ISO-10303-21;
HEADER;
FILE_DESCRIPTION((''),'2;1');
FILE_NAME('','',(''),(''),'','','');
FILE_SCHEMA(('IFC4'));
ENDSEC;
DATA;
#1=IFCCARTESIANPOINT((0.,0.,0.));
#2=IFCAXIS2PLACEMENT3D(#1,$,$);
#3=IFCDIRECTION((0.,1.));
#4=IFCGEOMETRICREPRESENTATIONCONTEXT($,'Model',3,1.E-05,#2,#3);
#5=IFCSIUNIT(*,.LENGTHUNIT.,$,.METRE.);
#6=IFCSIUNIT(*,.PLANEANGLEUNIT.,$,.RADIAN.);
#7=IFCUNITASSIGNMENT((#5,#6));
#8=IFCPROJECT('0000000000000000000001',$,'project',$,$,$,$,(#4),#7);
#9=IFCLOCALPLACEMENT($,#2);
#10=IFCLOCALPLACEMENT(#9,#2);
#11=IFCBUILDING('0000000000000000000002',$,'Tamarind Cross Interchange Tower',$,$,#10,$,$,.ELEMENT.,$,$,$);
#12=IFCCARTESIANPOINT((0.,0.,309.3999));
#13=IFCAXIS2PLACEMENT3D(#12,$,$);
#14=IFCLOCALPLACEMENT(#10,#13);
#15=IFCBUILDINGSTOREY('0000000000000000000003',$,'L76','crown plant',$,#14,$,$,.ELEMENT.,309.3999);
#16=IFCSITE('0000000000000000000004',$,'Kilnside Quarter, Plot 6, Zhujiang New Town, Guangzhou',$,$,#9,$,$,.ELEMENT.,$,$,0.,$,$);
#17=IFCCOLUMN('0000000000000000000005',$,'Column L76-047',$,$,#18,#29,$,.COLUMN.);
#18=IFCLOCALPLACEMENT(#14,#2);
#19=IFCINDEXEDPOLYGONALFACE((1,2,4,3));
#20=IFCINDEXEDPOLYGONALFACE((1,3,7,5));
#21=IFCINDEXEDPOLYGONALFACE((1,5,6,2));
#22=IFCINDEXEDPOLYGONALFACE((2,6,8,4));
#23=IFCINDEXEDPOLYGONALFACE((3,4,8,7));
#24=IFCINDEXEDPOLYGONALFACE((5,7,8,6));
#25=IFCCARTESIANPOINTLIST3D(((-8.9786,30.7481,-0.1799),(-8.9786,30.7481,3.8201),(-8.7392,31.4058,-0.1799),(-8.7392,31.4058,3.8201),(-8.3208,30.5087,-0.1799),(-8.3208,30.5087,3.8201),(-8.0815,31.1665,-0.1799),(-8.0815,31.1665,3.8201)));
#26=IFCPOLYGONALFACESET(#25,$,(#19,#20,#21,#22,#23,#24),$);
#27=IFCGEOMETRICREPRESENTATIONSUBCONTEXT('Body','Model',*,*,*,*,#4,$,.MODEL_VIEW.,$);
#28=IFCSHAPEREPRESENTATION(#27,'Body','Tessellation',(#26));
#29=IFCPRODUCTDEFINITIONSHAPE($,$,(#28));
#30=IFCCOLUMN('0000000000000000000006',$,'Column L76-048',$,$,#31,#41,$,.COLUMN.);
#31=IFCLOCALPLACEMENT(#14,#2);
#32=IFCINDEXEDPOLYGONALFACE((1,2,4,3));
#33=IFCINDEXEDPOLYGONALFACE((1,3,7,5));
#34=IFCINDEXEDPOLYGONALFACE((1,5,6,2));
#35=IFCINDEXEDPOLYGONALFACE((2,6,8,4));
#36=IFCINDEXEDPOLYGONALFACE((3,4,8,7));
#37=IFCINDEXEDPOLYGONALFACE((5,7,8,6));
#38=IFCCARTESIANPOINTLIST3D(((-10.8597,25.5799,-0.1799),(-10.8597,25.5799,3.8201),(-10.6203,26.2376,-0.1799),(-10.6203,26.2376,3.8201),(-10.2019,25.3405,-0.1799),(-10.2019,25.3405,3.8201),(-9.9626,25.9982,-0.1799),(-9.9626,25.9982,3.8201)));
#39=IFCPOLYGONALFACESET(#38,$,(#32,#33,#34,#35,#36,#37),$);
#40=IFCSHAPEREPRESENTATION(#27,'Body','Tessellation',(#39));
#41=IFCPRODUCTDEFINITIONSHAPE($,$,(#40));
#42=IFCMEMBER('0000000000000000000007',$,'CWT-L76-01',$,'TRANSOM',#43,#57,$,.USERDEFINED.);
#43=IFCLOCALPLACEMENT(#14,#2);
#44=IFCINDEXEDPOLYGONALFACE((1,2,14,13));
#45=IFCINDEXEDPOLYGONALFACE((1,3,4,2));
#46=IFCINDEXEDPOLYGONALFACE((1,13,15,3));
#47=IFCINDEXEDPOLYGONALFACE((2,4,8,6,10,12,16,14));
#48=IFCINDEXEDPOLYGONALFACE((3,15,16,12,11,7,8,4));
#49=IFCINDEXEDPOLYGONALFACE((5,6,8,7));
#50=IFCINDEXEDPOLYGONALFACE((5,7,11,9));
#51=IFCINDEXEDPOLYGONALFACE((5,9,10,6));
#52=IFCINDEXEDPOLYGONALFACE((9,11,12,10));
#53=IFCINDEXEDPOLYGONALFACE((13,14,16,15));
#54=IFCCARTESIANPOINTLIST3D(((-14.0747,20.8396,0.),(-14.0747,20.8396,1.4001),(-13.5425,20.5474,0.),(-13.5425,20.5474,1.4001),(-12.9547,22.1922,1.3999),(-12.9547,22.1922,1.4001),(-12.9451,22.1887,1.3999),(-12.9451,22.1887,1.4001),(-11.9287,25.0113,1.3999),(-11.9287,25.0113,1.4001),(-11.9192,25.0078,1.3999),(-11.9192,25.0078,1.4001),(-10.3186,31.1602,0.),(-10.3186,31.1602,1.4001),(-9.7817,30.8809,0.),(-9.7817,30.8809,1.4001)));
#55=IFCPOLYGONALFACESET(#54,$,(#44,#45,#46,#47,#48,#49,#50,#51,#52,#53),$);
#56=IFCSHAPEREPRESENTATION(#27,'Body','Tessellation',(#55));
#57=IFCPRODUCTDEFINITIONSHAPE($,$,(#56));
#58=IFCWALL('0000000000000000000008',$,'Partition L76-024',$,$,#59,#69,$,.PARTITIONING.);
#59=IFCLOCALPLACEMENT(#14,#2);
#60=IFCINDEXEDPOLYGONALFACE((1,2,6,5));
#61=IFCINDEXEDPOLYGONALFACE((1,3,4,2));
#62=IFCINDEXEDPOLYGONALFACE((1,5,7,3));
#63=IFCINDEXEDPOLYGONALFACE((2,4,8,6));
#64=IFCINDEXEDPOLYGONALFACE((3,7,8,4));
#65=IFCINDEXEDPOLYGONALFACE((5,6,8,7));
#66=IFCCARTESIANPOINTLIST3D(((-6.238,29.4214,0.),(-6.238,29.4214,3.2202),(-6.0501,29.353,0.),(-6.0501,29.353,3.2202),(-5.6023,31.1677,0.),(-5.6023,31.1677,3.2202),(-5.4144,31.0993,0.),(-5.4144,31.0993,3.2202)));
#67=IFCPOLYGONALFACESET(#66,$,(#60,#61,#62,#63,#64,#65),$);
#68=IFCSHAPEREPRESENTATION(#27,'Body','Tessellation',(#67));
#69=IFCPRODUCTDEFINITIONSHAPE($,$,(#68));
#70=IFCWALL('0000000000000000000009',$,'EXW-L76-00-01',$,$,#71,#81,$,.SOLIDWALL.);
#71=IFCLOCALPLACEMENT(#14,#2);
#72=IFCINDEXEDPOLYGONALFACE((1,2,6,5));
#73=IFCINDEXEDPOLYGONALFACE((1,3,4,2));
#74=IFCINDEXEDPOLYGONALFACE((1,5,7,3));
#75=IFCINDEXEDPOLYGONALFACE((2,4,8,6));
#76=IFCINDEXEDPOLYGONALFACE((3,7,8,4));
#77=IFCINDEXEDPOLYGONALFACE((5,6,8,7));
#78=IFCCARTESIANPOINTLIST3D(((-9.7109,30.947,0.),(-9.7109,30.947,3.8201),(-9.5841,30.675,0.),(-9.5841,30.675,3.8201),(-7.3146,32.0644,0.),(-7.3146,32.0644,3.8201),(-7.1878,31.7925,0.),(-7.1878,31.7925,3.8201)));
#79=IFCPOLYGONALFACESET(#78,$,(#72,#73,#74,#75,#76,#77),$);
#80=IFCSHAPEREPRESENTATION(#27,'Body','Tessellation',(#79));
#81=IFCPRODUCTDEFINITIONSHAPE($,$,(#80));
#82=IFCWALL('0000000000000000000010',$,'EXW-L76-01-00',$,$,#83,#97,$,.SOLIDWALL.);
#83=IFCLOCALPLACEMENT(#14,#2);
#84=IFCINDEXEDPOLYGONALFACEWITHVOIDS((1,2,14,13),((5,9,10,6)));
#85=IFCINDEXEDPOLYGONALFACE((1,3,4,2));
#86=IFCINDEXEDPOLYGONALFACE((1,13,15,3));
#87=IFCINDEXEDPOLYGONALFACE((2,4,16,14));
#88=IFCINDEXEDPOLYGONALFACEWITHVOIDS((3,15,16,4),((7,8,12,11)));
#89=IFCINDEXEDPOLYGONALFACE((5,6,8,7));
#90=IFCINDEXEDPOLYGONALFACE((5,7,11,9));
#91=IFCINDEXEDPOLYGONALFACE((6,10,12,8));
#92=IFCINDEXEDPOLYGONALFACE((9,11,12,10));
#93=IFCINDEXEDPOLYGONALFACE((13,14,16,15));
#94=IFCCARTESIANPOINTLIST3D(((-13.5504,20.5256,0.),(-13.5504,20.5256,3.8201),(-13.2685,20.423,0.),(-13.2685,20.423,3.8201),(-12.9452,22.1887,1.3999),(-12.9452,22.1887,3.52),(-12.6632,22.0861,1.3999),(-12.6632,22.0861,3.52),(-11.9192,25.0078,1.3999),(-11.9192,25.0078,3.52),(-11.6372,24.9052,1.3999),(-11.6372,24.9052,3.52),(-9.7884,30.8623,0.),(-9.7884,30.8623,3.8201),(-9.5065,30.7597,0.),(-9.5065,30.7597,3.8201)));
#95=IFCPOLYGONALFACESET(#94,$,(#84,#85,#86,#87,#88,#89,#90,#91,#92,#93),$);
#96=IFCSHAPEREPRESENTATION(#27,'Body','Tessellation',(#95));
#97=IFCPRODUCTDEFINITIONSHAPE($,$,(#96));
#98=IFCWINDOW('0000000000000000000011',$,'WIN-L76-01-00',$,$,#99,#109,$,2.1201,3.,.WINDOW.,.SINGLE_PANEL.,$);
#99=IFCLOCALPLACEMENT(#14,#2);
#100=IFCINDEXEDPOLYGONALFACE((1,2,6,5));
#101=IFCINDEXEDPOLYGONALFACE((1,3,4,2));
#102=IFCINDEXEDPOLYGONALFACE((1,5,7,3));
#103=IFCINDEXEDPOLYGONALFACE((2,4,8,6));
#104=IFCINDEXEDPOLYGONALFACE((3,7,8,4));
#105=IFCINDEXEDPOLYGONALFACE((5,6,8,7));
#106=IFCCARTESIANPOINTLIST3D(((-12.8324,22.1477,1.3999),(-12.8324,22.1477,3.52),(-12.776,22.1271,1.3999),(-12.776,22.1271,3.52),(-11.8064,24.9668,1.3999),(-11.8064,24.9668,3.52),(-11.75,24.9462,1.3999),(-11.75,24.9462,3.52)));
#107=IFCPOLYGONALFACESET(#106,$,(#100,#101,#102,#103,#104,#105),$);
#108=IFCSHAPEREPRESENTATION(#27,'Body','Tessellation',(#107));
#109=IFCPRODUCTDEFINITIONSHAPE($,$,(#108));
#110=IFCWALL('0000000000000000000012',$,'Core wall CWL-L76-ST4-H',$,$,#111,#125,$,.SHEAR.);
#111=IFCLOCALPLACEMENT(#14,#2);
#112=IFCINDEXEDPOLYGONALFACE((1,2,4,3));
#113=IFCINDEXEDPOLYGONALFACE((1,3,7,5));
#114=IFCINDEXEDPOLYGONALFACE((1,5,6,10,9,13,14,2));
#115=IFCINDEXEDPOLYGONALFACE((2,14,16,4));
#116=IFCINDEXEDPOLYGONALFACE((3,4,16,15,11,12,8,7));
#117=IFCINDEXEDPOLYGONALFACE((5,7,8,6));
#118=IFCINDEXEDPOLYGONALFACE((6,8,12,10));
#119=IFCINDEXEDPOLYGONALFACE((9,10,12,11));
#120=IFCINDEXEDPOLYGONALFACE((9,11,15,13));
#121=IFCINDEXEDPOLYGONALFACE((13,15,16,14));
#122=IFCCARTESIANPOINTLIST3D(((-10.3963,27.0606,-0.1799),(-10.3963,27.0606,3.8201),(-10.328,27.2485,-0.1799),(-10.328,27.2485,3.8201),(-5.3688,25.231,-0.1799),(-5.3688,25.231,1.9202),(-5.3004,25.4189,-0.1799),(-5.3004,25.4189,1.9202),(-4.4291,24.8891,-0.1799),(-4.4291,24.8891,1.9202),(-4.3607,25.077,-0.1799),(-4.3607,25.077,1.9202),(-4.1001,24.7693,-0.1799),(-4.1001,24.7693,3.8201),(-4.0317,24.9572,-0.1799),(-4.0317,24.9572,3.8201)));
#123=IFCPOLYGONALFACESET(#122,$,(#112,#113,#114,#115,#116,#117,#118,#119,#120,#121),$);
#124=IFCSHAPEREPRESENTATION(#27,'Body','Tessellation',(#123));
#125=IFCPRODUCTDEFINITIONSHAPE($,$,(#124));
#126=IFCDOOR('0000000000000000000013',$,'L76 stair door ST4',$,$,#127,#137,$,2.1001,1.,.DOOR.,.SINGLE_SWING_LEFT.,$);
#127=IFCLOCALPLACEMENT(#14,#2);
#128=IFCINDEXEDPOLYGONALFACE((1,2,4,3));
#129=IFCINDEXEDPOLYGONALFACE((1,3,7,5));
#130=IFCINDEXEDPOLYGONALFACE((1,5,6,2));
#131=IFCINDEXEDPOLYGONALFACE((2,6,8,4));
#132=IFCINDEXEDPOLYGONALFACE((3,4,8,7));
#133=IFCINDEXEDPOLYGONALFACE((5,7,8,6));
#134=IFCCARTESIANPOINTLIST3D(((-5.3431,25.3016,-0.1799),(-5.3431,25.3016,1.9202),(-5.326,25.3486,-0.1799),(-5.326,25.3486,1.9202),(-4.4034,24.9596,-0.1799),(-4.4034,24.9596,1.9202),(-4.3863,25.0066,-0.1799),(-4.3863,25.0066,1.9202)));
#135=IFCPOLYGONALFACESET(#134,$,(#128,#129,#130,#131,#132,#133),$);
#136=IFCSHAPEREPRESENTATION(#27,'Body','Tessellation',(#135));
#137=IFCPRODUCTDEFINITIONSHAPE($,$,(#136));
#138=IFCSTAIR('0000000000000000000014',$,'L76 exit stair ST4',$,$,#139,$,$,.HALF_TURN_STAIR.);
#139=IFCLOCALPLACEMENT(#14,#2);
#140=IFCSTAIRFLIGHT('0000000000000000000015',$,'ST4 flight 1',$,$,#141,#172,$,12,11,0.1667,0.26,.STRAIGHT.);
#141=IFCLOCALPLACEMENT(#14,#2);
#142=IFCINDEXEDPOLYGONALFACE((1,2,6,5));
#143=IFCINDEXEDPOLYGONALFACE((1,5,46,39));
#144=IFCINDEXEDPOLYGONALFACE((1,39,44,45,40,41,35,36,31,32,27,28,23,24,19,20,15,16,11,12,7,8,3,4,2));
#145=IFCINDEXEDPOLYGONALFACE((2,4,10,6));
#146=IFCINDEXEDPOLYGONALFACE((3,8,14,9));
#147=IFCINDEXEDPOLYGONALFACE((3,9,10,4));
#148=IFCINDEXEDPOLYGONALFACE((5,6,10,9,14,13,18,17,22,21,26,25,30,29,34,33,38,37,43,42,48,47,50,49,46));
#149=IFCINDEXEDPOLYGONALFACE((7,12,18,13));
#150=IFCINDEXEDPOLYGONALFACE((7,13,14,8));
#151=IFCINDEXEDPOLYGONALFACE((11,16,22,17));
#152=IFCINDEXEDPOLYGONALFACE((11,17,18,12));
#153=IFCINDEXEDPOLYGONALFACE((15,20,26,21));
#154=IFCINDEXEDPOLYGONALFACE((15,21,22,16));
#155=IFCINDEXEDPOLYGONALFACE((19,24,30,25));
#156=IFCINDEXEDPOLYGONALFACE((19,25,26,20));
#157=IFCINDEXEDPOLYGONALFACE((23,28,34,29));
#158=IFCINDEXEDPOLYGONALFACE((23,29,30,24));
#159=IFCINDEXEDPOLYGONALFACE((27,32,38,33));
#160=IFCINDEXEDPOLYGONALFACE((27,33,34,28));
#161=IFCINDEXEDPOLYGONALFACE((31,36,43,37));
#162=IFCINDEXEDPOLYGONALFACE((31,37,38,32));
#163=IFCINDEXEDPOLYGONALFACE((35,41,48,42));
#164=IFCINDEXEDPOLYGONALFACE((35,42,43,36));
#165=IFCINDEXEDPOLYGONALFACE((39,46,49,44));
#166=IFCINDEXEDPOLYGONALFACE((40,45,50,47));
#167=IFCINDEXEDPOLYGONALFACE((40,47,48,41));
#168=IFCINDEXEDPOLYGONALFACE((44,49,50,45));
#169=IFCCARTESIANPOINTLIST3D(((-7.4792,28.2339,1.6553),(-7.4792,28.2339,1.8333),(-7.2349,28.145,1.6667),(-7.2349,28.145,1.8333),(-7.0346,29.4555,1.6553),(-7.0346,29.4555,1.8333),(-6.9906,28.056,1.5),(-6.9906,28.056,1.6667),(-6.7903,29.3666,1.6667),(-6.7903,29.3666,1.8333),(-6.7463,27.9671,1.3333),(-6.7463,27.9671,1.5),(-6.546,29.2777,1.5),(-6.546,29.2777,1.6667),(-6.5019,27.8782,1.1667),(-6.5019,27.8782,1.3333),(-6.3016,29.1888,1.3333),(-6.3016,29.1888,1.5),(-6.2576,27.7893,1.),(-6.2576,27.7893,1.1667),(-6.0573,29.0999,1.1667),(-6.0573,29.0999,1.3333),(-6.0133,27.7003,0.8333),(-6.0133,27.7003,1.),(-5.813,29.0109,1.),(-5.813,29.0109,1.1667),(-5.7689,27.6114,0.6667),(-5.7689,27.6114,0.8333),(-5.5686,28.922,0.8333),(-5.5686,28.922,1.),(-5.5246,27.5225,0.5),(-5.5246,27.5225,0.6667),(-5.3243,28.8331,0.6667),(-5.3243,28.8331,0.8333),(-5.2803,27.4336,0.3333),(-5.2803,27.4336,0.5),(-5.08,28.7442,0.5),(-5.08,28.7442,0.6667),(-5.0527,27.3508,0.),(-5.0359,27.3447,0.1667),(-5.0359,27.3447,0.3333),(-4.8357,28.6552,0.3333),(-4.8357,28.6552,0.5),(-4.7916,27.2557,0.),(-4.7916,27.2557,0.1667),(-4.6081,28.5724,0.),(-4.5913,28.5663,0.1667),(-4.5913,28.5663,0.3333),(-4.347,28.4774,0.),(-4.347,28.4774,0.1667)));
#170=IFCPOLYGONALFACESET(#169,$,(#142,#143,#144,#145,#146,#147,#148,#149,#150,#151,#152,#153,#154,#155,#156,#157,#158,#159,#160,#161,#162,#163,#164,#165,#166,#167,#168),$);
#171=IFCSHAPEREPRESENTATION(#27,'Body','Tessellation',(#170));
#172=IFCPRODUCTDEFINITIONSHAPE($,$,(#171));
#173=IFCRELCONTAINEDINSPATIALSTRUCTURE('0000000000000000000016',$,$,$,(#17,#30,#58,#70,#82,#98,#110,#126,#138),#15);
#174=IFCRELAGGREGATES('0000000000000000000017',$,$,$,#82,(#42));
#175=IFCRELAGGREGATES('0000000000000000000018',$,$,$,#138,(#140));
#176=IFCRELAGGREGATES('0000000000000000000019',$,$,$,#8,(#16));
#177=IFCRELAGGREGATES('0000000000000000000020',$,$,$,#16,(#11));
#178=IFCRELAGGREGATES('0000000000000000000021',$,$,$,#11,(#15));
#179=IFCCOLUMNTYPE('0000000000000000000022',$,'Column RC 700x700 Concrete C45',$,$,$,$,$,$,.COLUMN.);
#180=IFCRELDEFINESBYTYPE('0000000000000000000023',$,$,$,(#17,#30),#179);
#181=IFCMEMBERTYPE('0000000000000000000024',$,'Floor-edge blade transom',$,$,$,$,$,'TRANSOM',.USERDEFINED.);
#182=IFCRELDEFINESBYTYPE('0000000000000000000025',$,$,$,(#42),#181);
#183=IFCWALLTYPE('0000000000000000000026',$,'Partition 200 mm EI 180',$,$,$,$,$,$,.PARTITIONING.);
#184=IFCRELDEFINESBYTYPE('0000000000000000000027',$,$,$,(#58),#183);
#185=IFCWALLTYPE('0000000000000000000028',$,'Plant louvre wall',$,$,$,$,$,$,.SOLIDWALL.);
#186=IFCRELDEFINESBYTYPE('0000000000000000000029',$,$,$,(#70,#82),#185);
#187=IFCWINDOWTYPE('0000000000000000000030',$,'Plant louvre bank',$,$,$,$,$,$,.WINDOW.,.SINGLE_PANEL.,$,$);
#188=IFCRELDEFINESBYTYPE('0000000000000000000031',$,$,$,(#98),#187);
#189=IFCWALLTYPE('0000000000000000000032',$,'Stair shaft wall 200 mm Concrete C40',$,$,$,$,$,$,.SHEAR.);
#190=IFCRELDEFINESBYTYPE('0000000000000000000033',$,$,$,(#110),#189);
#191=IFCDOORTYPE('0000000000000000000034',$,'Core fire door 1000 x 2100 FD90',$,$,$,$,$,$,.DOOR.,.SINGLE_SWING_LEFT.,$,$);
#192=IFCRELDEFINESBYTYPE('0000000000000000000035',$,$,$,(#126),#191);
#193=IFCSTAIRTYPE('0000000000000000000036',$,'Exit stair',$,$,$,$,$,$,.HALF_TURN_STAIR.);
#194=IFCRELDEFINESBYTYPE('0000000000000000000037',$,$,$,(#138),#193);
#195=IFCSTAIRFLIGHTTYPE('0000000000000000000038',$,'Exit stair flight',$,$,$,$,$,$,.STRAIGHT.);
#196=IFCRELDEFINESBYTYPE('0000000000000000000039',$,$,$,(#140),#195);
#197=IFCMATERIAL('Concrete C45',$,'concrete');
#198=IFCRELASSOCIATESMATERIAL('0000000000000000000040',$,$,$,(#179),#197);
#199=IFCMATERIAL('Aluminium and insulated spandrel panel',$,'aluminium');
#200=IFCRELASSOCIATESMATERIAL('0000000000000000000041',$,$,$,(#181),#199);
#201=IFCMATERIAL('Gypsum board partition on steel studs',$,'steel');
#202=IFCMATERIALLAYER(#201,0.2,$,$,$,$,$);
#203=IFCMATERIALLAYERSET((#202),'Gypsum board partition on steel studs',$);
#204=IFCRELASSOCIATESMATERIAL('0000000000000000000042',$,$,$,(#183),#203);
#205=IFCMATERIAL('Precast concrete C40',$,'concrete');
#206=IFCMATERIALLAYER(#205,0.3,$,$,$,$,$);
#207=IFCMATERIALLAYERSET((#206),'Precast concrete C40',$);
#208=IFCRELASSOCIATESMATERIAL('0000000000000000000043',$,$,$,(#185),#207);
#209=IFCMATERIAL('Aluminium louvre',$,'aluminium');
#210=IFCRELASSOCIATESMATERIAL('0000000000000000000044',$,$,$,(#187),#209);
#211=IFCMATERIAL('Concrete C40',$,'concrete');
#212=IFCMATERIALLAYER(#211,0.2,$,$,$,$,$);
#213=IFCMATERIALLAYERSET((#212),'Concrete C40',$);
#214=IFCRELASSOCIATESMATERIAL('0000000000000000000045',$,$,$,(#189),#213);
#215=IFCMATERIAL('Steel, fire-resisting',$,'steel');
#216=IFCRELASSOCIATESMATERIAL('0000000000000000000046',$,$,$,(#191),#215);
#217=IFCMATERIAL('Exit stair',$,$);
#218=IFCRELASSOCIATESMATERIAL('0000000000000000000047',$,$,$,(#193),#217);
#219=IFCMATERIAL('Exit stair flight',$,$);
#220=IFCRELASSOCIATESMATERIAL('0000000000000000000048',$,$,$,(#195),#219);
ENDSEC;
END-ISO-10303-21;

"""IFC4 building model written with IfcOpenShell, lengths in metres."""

from ifc_helpers import new_model, si_unit, direction, frame, frame_2d, origin, origin_2d, place, context, subcontext, project, spatial, polyline, rectangle, outline, extrude, material, layer, layer_set, material_profile, profile_set, type_object, element, fill, aggregate, save


model = new_model("IFC4")

# Units and contexts
model_context = context("Model", 3, precision=1e-05, world=origin(), true_north=direction((0.0, 1.0)))
body_context = subcontext(model_context, "Body", "Model", "MODEL_VIEW")
ifc_project = project(units=[si_unit("LENGTHUNIT", "METRE"), si_unit("PLANEANGLEUNIT", "RADIAN")], contexts=[model_context])

# Site, building, storey
site_placement = place(None, origin())
site = spatial("IfcSite", under=ifc_project, at=site_placement, Name="Kilnside Quarter, Plot 6, Zhujiang New Town, Guangzhou", CompositionType="ELEMENT", RefElevation=0.0)
building_placement = place(site_placement, origin())
building = spatial("IfcBuilding", under=site, at=building_placement, Name="Tamarind Cross Interchange Tower", CompositionType="ELEMENT")
storey_placement = place(building_placement, frame((0.0, 0.0, 309.3999)))
storey = spatial("IfcBuildingStorey", under=building, at=storey_placement, Name="L76", Description="crown plant", CompositionType="ELEMENT", Elevation=309.3999)

# Columns
ifc_material_1 = material(Name="Concrete C45", Category="concrete")
ifc_material_profile = material_profile(ifc_material_1, rectangle(XDim=0.7, YDim=0.7, at=origin_2d()), Name="RC 700x700")
ifc_profile_set = profile_set([ifc_material_profile], Name="Concrete C45")
column_type = type_object("IfcColumnType", Name="Column RC 700x700 Concrete C45", PredefinedType="COLUMN", material=ifc_profile_set)
for number, where, z_axis, x_axis, name in (
    (1, (-8.53, 30.9573, -0.1799), (0.0, 0.0, 1.0), (0.341994, 0.939702, 0.0), "Column L76-047"),
    (2, (-10.4111, 25.7891, -0.1799), (0.0, 0.0, 1.0), (0.341994, 0.939702, 0.0), "Column L76-048"),
):
    element("IfcColumn", number, at=place(storey_placement, frame(where, z_axis=z_axis, x_axis=x_axis)), inside=storey, type_object=column_type, Name=name, PredefinedType="COLUMN", context=body_context, shape_type="SweptSolid", body=[
        extrude(rectangle(XDim=0.7, YDim=0.7, at=origin_2d()), origin(), (0.0, 0.0, 1.0), 4.0),
    ])

# Member
ifc_material_2 = material(Name="Aluminium and insulated spandrel panel", Category="aluminium")
member_type = type_object("IfcMemberType", Name="Floor-edge blade transom", ElementType="TRANSOM", PredefinedType="USERDEFINED", material=ifc_material_2)
member_placement = place(storey_placement, origin())
member = element("IfcMember", 3, at=member_placement, type_object=member_type, Name="CWT-L76-01", ObjectType="TRANSOM", PredefinedType="USERDEFINED", context=body_context, shape_type="SweptSolid", body=[
    extrude(outline(polyline([(-9.7817, 30.8809), (-13.5425, 20.5474), (-14.0747, 20.8396), (-10.3186, 31.1602), (-9.7817, 30.8809)])), origin(), (0.0, 0.0, 1.0), 1.4001),
])

# Walls
ifc_material_3 = material(Name="Gypsum board partition on steel studs", Category="steel")
ifc_layer_1 = layer(ifc_material_3, 0.2)
ifc_layer_set_1 = layer_set([ifc_layer_1], Name="Gypsum board partition on steel studs")
wall_type_1 = type_object("IfcWallType", Name="Partition 200 mm EI 180", PredefinedType="PARTITIONING", material=ifc_layer_set_1)
wall_1_placement = place(storey_placement, frame((-6.144, 29.3872, 0.0), z_axis=(0.0, 0.0, 1.0), x_axis=(0.342081, 0.939671, 0.0)))
element("IfcWall", 4, at=wall_1_placement, inside=storey, type_object=wall_type_1, Name="Partition L76-024", PredefinedType="PARTITIONING", context=body_context, shape_type="SweptSolid", body=[
    extrude(rectangle(XDim=1.8584, YDim=0.2, at=frame_2d((0.9292, 0.0))), origin(), (0.0, 0.0, 1.0), 3.2202),
])
ifc_material_4 = material(Name="Precast concrete C40", Category="concrete")
ifc_layer_2 = layer(ifc_material_4, 0.3)
ifc_layer_set_2 = layer_set([ifc_layer_2], Name="Precast concrete C40")
wall_type_2 = type_object("IfcWallType", Name="Plant louvre wall", PredefinedType="SOLIDWALL", material=ifc_layer_set_2)
wall_2_placement = place(storey_placement, frame((-7.2512, 31.9285, 0.0), z_axis=(0.0, 0.0, 1.0), x_axis=(-0.906301, -0.422633, 0.0)))
element("IfcWall", 5, at=wall_2_placement, inside=storey, type_object=wall_type_2, Name="EXW-L76-00-01", PredefinedType="SOLIDWALL", context=body_context, shape_type="SweptSolid", body=[
    extrude(rectangle(XDim=2.644, YDim=0.3, at=frame_2d((1.322, 0.0))), origin(), (0.0, 0.0, 1.0), 3.8201),
])

# Wall, opening, window
wall_3_placement = place(storey_placement, frame((-9.6475, 30.811, 0.0), z_axis=(0.0, 0.0, 1.0), x_axis=(-0.341998, -0.939701, 0.0)))
wall_3 = element("IfcWall", 6, at=wall_3_placement, inside=storey, type_object=wall_type_2, Name="EXW-L76-01-00", PredefinedType="SOLIDWALL", context=body_context, shape_type="SweptSolid", body=[
    extrude(rectangle(XDim=11.0, YDim=0.3, at=frame_2d((5.5, 0.0))), origin(), (0.0, 0.0, 1.0), 3.8201),
])
opening_1_placement = place(wall_3_placement, frame((6.2302, 0.0, 1.3999)))
opening_1 = element("IfcOpeningElement", 7, at=opening_1_placement, cuts=wall_3, PredefinedType="OPENING", context=body_context, shape_type="SweptSolid", body=[
    extrude(rectangle(XDim=3.0, YDim=2.1201, at=frame_2d((1.5, 1.0601))), frame((0.0, 0.1599, 0.0), z_axis=(0.0, -1.0, 0.0), x_axis=(1.0, 0.0, 0.0)), (0.0, 0.0, 1.0), 0.3201),
])
ifc_material_5 = material(Name="Aluminium louvre", Category="aluminium")
window_type = type_object("IfcWindowType", Name="Plant louvre bank", PartitioningType="SINGLE_PANEL", PredefinedType="WINDOW", material=ifc_material_5)
window_placement = place(opening_1_placement, origin())
window = element("IfcWindow", 8, at=window_placement, inside=storey, type_object=window_type, Name="WIN-L76-01-00", OverallHeight=2.1201, OverallWidth=3.0, PartitioningType="SINGLE_PANEL", PredefinedType="WINDOW", context=body_context, shape_type="SweptSolid", body=[
    extrude(rectangle(XDim=3.0, YDim=2.1201, at=frame_2d((1.5, 1.0601))), frame((0.0, 0.03, 0.0), z_axis=(0.0, -1.0, 0.0), x_axis=(1.0, 0.0, 0.0)), (0.0, 0.0, 1.0), 0.0601),
])
fill(opening_1, window)
aggregate(wall_3, [member])

# Wall, opening, door
ifc_material_6 = material(Name="Concrete C40", Category="concrete")
ifc_layer_3 = layer(ifc_material_6, 0.2)
ifc_layer_set_3 = layer_set([ifc_layer_3], Name="Concrete C40")
wall_type_3 = type_object("IfcWallType", Name="Stair shaft wall 200 mm Concrete C40", PredefinedType="SHEAR", material=ifc_layer_set_3)
wall_4_placement = place(storey_placement, frame((-4.0659, 24.8633, -0.1799), z_axis=(0.0, 0.0, 1.0), x_axis=(-0.939709, 0.341974, 0.0)))
wall_4 = element("IfcWall", 9, at=wall_4_placement, inside=storey, type_object=wall_type_3, Name="Core wall CWL-L76-ST4-H", PredefinedType="SHEAR", context=body_context, shape_type="SweptSolid", body=[
    extrude(rectangle(XDim=6.7002, YDim=0.2, at=frame_2d((3.3501, 0.0))), origin(), (0.0, 0.0, 1.0), 4.0),
])
opening_2_placement = place(wall_4_placement, frame((0.3501, 0.0, 0.0)))
opening_2 = element("IfcOpeningElement", 10, at=opening_2_placement, cuts=wall_4, PredefinedType="OPENING", context=body_context, shape_type="SweptSolid", body=[
    extrude(rectangle(XDim=1.0, YDim=2.1001, at=frame_2d((0.5, 1.05))), frame((0.0, 0.1099, 0.0), z_axis=(0.0, -1.0, 0.0), x_axis=(1.0, 0.0, 0.0)), (0.0, 0.0, 1.0), 0.22),
])
ifc_material_7 = material(Name="Steel, fire-resisting", Category="steel")
door_type = type_object("IfcDoorType", Name="Core fire door 1000 x 2100 FD90", OperationType="SINGLE_SWING_LEFT", PredefinedType="DOOR", material=ifc_material_7)
door_placement = place(opening_2_placement, origin())
door = element("IfcDoor", 11, at=door_placement, inside=storey, type_object=door_type, Name="L76 stair door ST4", OperationType="SINGLE_SWING_LEFT", OverallHeight=2.1001, OverallWidth=1.0, PredefinedType="DOOR", context=body_context, shape_type="SweptSolid", body=[
    extrude(rectangle(XDim=1.0, YDim=2.1001, at=frame_2d((0.5, 1.05))), frame((0.0, 0.0249, 0.0), z_axis=(0.0, -1.0, 0.0), x_axis=(1.0, 0.0, 0.0)), (0.0, 0.0, 1.0), 0.05),
])
fill(opening_2, door)

# Stair, stair flight
ifc_material_8 = material(Name="Exit stair")
stair_type = type_object("IfcStairType", Name="Exit stair", PredefinedType="HALF_TURN_STAIR", material=ifc_material_8)
stair_placement = place(storey_placement, origin())
stair = element("IfcStair", 12, at=stair_placement, inside=storey, type_object=stair_type, Name="L76 exit stair ST4", PredefinedType="HALF_TURN_STAIR")
ifc_material_9 = material(Name="Exit stair flight")
stair_flight_type = type_object("IfcStairFlightType", Name="Exit stair flight", PredefinedType="STRAIGHT", material=ifc_material_9)
stair_flight_1_placement = place(storey_placement, frame((-4.5693, 27.8665, 0.0), z_axis=(0.0, 0.0, 1.0), x_axis=(-0.939702, 0.341994, 0.0)))
stair_flight_1 = element("IfcStairFlight", 13, at=stair_flight_1_placement, type_object=stair_flight_type, Name="ST4 flight 1", NumberOfRisers=12, NumberOfTreads=11, PredefinedType="STRAIGHT", RiserHeight=0.1667, TreadLength=0.26, context=body_context, shape_type="SweptSolid", body=[
    extrude(outline(polyline([(0.0, 0.0), (0.0, 0.1667), (0.26, 0.1667), (0.26, 0.3333), (0.52, 0.3333), (0.52, 0.5), (0.78, 0.5), (0.78, 0.6667), (1.04, 0.6667), (1.04, 0.8333), (1.3, 0.8333), (1.3, 1.0), (1.5601, 1.0), (1.5601, 1.1667), (1.8201, 1.1667), (1.8201, 1.3333), (2.0801, 1.3333), (2.0801, 1.5), (2.3401, 1.5), (2.3401, 1.6667), (2.6001, 1.6667), (2.6001, 1.8333), (2.8601, 1.8333), (2.8601, 2.0), (2.8601, 1.6553), (0.2778, 0.0), (0.0, 0.0)])), frame((0.0, 0.6499, 0.0), z_axis=(0.0, -1.0, 0.0), x_axis=(1.0, 0.0, 0.0)), (0.0, 0.0, 1.0), 1.3),
])
aggregate(stair, [stair_flight_1])

save(model, "model.ifc")
